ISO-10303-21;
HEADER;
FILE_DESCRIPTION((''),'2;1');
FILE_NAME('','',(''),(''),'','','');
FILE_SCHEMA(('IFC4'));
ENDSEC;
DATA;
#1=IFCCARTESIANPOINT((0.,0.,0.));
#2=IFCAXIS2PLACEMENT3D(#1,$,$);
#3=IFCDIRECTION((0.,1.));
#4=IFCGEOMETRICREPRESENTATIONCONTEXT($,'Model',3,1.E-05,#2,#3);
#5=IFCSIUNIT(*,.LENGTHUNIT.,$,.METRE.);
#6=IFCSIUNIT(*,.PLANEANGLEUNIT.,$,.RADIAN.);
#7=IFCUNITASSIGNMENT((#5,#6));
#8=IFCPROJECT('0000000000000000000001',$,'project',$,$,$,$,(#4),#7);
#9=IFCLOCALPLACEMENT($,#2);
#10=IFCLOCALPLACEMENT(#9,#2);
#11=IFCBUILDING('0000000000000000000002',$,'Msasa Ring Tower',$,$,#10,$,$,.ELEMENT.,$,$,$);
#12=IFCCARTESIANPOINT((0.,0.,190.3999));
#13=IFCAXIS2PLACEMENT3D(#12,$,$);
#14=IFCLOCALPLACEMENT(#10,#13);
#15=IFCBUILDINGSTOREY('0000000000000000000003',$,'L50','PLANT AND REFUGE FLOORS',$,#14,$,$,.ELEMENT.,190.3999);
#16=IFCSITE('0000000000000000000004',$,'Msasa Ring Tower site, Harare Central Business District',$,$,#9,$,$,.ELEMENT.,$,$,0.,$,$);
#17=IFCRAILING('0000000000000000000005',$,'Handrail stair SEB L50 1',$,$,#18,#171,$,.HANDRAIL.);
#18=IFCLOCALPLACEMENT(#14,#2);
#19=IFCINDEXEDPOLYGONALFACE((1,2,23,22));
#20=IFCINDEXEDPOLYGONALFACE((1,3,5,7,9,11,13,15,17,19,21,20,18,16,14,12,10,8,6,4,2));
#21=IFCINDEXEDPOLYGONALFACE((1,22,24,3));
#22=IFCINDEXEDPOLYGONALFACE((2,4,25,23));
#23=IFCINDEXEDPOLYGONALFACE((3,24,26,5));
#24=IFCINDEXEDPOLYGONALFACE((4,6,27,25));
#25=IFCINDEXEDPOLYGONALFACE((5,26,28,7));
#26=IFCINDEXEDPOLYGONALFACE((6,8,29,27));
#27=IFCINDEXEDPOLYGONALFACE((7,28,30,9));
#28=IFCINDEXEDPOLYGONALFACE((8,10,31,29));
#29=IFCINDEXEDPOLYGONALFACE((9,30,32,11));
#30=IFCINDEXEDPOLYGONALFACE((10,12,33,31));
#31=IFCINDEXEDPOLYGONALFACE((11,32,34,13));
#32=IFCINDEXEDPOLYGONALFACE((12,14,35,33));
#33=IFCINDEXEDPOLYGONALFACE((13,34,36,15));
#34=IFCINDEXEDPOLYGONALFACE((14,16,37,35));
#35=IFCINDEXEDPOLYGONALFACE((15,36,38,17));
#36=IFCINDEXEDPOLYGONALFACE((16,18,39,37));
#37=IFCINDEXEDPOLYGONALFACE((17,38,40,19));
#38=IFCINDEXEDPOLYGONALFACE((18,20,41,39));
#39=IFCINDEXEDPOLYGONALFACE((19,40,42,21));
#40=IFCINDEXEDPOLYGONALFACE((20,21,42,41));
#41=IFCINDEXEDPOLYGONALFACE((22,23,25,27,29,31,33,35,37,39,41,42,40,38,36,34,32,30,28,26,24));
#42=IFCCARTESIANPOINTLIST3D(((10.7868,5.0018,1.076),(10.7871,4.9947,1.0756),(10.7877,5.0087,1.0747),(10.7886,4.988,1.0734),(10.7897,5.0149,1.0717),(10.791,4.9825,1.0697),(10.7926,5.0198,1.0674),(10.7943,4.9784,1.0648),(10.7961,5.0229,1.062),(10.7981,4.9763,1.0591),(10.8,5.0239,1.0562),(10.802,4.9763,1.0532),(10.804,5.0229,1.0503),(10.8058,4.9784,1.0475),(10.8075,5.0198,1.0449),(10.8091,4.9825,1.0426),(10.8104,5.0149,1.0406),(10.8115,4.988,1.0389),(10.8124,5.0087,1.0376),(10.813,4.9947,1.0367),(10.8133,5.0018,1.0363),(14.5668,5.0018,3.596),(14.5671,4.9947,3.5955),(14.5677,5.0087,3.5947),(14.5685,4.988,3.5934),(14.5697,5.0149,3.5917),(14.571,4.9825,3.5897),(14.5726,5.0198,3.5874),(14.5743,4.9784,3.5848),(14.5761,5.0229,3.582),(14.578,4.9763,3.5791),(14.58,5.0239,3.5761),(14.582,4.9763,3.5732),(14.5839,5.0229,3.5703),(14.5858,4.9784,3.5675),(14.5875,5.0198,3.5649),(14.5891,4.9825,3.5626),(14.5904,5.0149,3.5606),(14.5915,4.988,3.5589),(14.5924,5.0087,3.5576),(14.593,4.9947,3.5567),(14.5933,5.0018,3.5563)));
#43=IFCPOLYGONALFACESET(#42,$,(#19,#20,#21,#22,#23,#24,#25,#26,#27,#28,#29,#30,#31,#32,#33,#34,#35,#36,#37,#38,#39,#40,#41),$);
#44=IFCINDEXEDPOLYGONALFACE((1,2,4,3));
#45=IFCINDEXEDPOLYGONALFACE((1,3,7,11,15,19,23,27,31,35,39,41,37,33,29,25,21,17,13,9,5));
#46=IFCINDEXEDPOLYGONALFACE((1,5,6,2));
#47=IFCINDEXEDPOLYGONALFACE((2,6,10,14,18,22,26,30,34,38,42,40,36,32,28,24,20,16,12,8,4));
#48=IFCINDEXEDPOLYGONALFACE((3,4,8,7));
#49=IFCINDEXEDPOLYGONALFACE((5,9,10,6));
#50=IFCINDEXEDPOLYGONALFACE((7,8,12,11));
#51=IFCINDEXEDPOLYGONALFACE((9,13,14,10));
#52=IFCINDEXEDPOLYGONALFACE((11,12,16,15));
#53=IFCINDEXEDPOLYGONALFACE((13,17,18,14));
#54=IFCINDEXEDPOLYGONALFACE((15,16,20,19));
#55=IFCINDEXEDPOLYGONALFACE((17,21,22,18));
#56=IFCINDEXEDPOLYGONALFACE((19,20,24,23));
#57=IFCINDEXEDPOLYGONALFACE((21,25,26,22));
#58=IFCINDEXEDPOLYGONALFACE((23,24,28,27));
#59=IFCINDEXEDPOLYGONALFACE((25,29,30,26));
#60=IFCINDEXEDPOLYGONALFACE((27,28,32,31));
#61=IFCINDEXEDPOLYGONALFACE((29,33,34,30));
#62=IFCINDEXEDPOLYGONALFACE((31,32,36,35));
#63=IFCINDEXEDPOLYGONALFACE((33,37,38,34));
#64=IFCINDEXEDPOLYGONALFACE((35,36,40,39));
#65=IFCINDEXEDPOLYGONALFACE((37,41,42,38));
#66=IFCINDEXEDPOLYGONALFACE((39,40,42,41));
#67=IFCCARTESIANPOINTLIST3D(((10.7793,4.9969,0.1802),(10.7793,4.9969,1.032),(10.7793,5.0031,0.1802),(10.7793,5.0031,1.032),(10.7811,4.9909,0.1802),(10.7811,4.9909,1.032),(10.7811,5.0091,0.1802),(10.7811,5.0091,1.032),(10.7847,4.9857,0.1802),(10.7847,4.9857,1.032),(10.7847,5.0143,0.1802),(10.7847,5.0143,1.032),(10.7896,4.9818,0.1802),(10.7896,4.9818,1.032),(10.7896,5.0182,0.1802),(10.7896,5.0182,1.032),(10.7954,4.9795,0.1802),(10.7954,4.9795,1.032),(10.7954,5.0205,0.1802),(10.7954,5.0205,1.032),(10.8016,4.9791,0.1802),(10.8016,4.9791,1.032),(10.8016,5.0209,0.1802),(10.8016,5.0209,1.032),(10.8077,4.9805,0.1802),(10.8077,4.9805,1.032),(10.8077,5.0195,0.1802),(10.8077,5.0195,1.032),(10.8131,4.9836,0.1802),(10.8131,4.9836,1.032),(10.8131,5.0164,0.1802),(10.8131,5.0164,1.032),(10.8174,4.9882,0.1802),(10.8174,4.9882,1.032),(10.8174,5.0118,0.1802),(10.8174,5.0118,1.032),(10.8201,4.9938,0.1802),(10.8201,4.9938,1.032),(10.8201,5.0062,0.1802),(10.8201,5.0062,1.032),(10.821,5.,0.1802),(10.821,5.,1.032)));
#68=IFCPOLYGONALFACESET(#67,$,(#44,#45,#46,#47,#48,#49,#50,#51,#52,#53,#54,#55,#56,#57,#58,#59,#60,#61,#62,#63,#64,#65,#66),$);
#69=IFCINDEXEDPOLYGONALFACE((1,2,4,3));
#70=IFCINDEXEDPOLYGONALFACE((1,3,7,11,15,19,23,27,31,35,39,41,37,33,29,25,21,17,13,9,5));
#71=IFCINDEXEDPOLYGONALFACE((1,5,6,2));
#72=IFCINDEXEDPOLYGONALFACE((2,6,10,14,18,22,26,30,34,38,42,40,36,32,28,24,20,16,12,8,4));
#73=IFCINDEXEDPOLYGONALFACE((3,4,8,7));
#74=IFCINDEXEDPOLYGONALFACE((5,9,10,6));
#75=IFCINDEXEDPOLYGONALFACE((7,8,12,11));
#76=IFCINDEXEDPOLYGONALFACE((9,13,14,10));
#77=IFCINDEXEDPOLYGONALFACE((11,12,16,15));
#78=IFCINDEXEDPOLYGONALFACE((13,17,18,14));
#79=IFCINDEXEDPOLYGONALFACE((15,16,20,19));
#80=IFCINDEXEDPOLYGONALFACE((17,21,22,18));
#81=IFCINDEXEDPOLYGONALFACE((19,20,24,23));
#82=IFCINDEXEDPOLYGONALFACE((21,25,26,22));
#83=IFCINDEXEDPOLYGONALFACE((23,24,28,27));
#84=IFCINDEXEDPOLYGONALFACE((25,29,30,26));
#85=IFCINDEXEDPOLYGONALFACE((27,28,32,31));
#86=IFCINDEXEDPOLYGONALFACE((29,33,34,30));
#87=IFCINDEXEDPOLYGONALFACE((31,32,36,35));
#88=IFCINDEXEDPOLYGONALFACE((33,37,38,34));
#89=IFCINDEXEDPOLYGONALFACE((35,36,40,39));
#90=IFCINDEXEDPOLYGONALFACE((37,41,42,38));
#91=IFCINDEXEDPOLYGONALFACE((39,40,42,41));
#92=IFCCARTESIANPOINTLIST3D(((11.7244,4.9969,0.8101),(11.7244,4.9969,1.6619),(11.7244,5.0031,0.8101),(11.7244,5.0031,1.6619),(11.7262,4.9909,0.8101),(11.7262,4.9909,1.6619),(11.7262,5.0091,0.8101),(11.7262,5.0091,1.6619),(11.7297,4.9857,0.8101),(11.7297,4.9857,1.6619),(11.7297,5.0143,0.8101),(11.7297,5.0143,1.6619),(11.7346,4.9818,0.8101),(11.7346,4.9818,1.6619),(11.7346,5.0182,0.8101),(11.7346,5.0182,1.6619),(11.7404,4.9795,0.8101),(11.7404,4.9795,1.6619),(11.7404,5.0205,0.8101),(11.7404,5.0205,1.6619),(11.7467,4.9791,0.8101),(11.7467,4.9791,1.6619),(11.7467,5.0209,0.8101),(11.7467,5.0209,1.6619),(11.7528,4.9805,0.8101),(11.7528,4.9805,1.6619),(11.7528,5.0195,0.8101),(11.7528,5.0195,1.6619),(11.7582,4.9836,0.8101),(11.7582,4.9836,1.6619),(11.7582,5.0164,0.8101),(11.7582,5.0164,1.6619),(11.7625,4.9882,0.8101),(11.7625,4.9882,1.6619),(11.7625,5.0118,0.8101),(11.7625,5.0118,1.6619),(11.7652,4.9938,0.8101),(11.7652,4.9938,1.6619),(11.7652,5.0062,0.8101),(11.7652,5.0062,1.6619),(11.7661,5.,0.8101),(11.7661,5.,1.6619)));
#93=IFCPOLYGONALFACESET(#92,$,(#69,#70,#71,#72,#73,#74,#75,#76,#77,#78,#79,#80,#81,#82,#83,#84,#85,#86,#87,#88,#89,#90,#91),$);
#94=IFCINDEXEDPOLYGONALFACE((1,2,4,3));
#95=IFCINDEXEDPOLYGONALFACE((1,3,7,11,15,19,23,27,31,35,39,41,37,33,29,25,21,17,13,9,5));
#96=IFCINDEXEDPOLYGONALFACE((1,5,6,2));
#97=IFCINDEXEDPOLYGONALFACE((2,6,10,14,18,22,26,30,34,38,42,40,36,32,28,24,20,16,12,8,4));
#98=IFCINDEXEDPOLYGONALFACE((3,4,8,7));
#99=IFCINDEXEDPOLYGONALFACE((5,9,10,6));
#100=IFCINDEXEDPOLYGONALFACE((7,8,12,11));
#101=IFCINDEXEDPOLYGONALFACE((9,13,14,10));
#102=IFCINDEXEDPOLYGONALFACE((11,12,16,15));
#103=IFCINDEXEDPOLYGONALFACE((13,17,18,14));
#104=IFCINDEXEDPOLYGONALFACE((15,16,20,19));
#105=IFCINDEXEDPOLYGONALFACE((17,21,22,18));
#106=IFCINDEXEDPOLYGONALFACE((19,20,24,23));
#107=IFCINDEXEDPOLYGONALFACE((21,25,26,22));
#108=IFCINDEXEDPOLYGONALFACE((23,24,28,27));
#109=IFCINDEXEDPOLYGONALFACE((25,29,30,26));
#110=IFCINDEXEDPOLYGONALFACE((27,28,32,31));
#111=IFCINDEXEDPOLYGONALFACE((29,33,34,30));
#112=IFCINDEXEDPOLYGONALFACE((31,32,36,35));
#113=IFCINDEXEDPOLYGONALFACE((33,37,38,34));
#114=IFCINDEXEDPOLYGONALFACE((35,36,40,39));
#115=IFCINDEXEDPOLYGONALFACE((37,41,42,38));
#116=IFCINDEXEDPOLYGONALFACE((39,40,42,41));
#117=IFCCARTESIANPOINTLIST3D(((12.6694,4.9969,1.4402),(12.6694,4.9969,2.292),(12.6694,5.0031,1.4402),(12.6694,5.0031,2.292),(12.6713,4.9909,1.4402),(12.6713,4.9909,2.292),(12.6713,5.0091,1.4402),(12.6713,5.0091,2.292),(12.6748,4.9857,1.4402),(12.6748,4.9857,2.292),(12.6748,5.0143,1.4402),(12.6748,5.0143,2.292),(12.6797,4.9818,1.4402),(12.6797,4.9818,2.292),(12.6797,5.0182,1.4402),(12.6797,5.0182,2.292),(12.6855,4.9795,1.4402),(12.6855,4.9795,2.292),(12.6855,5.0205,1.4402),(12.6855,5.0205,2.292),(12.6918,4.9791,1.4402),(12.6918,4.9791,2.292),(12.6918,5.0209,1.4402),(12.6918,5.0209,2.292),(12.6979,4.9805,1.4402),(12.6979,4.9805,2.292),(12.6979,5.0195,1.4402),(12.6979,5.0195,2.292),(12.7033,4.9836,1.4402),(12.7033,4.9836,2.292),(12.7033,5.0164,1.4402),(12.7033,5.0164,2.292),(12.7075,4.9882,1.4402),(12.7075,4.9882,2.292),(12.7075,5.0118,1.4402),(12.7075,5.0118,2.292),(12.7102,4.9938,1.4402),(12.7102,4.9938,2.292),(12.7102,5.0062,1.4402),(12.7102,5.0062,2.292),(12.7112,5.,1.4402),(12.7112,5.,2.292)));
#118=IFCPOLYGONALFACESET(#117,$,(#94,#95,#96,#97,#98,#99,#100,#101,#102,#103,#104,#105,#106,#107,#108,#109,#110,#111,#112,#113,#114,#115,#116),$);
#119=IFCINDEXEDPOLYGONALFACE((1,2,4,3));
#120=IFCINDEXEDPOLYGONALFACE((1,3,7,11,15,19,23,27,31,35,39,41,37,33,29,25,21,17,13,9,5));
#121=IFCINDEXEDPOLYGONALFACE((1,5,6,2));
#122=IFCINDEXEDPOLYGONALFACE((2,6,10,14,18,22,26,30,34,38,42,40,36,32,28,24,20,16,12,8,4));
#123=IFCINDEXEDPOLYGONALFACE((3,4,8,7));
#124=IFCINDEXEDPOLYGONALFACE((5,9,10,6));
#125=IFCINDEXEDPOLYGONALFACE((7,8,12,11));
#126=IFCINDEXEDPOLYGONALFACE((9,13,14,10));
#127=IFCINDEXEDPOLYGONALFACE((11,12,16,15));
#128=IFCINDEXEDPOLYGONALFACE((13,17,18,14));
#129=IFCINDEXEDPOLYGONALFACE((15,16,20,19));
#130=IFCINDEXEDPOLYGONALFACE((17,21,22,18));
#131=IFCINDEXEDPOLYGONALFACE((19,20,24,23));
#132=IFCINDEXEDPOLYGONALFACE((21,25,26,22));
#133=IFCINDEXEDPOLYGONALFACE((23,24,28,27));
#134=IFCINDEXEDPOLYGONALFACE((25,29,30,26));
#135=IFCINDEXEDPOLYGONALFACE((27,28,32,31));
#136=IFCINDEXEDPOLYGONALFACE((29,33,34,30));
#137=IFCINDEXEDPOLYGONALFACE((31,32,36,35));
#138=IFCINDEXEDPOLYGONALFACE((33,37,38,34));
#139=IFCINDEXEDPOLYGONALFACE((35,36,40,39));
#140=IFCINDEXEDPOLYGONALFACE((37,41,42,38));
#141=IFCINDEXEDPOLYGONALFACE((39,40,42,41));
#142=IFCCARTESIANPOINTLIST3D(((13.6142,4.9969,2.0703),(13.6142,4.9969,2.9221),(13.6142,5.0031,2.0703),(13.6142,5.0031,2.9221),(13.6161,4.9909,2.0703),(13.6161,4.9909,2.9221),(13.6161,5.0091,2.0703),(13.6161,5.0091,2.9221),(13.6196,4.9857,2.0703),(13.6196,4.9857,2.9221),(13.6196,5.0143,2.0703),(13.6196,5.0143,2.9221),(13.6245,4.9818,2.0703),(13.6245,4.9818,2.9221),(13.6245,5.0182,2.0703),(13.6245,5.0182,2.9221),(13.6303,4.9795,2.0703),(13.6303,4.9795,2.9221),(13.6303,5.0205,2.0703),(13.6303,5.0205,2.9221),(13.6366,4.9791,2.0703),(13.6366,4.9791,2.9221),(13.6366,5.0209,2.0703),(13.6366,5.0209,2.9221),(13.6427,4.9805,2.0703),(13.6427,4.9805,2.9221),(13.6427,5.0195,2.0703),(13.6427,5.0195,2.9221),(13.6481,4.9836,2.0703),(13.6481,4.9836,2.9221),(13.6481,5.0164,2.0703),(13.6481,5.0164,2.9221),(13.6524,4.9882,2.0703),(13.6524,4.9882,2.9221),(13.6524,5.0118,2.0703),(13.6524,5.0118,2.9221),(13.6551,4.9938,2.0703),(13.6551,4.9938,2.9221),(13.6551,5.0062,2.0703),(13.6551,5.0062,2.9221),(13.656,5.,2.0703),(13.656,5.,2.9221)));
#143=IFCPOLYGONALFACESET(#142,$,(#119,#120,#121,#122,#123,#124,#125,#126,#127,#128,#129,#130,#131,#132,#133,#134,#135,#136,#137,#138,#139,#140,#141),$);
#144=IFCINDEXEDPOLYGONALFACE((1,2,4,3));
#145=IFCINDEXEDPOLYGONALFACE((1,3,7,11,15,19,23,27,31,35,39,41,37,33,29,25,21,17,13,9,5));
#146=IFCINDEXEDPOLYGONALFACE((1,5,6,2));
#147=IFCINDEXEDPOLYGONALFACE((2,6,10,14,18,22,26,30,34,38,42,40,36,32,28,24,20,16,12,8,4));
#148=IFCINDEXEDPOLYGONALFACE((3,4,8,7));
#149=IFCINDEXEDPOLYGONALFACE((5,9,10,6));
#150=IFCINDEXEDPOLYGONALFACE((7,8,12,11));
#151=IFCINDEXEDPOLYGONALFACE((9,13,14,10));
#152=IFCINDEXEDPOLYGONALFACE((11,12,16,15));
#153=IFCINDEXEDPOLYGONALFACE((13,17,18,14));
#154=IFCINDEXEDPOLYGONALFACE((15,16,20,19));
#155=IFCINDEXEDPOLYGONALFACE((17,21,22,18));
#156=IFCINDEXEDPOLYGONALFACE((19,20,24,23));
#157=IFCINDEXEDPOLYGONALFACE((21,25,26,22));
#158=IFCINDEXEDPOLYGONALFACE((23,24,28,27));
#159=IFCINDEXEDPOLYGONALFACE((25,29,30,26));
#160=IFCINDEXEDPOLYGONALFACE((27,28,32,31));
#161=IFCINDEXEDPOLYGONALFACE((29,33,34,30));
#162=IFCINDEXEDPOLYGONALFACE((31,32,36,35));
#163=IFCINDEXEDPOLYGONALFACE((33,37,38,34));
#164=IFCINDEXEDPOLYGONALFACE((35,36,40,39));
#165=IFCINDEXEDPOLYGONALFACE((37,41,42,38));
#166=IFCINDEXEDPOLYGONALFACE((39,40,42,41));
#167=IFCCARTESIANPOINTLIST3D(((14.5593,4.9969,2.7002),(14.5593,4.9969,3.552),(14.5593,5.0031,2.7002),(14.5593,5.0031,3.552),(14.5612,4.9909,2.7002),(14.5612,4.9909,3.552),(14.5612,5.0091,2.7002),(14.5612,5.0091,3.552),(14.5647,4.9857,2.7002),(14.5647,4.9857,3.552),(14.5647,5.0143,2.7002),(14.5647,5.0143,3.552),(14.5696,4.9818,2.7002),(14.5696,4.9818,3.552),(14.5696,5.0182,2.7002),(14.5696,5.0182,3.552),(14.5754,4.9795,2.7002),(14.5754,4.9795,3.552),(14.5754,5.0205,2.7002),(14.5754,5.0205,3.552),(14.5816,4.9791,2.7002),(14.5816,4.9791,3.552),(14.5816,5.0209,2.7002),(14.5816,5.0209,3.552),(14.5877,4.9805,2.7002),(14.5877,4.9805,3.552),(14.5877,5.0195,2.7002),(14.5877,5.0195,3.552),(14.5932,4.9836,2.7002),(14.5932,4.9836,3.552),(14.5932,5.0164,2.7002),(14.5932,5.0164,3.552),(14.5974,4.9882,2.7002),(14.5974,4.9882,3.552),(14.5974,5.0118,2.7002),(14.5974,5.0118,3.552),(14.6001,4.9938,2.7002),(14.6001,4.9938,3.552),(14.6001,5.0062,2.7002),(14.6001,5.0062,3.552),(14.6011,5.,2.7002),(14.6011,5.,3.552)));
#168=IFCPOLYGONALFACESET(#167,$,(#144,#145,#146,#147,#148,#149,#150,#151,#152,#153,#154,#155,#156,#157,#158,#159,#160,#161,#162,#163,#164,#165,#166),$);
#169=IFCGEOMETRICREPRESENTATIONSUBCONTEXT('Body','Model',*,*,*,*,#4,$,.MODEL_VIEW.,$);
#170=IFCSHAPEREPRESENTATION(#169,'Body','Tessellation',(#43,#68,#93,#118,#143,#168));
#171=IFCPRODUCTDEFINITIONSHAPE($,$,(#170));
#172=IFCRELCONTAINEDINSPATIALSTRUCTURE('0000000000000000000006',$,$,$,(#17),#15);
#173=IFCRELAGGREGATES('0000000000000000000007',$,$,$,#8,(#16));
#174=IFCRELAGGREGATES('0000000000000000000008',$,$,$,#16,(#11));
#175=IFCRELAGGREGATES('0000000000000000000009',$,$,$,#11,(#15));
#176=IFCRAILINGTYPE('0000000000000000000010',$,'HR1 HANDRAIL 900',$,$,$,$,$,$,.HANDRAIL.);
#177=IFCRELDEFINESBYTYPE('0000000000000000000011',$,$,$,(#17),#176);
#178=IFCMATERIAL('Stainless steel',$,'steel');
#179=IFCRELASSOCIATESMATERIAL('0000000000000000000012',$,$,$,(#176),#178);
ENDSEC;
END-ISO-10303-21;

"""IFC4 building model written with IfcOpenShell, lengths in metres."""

from ifc_helpers import new_model, si_unit, direction, frame, origin, origin_2d, place, context, subcontext, project, spatial, circle, extrude, material, type_object, element, save


model = new_model("IFC4")

# Units and contexts
model_context = context("Model", 3, precision=1e-05, world=origin(), true_north=direction((0.0, 1.0)))
body_context = subcontext(model_context, "Body", "Model", "MODEL_VIEW")
ifc_project = project(units=[si_unit("LENGTHUNIT", "METRE"), si_unit("PLANEANGLEUNIT", "RADIAN")], contexts=[model_context])

# Site, building, storey
site_placement = place(None, origin())
site = spatial("IfcSite", under=ifc_project, at=site_placement, Name="Msasa Ring Tower site, Harare Central Business District", CompositionType="ELEMENT", RefElevation=0.0)
building_placement = place(site_placement, origin())
building = spatial("IfcBuilding", under=site, at=building_placement, Name="Msasa Ring Tower", CompositionType="ELEMENT")
storey_placement = place(building_placement, frame((0.0, 0.0, 190.3999)))
storey = spatial("IfcBuildingStorey", under=building, at=storey_placement, Name="L50", Description="PLANT AND REFUGE FLOORS", CompositionType="ELEMENT", Elevation=190.3999)

# Railing
ifc_material_1 = material(Name="Stainless steel", Category="steel")
railing_type = type_object("IfcRailingType", Name="HR1 HANDRAIL 900", PredefinedType="HANDRAIL", material=ifc_material_1)
for number, where, name in (
    (1, (10.8, 5.0, 0.1802), "Handrail stair SEB L50 1"),
):
    element("IfcRailing", number, at=place(storey_placement, frame(where)), inside=storey, type_object=railing_type, Name=name, PredefinedType="HANDRAIL", context=body_context, shape_type="SweptSolid", body=[
        extrude(circle(Radius=0.0239, at=origin_2d()), frame((0.0, 0.0, 0.876), z_axis=(0.83205, 0.0, 0.5547), x_axis=(0.0, 1.0, 0.0)), (0.0, 0.0, 1.0), 4.543),
        extrude(circle(Radius=0.021, at=origin_2d()), origin(), (0.0, 0.0, 1.0), 0.8518),
        extrude(circle(Radius=0.021, at=origin_2d()), frame((0.9451, 0.0, 0.6299)), (0.0, 0.0, 1.0), 0.8518),
        extrude(circle(Radius=0.021, at=origin_2d()), frame((1.8901, 0.0, 1.26)), (0.0, 0.0, 1.0), 0.8518),
        extrude(circle(Radius=0.021, at=origin_2d()), frame((2.835, 0.0, 1.8901)), (0.0, 0.0, 1.0), 0.8518),
        extrude(circle(Radius=0.021, at=origin_2d()), frame((3.78, 0.0, 2.52)), (0.0, 0.0, 1.0), 0.8518),
    ])

save(model, "model.ifc")
